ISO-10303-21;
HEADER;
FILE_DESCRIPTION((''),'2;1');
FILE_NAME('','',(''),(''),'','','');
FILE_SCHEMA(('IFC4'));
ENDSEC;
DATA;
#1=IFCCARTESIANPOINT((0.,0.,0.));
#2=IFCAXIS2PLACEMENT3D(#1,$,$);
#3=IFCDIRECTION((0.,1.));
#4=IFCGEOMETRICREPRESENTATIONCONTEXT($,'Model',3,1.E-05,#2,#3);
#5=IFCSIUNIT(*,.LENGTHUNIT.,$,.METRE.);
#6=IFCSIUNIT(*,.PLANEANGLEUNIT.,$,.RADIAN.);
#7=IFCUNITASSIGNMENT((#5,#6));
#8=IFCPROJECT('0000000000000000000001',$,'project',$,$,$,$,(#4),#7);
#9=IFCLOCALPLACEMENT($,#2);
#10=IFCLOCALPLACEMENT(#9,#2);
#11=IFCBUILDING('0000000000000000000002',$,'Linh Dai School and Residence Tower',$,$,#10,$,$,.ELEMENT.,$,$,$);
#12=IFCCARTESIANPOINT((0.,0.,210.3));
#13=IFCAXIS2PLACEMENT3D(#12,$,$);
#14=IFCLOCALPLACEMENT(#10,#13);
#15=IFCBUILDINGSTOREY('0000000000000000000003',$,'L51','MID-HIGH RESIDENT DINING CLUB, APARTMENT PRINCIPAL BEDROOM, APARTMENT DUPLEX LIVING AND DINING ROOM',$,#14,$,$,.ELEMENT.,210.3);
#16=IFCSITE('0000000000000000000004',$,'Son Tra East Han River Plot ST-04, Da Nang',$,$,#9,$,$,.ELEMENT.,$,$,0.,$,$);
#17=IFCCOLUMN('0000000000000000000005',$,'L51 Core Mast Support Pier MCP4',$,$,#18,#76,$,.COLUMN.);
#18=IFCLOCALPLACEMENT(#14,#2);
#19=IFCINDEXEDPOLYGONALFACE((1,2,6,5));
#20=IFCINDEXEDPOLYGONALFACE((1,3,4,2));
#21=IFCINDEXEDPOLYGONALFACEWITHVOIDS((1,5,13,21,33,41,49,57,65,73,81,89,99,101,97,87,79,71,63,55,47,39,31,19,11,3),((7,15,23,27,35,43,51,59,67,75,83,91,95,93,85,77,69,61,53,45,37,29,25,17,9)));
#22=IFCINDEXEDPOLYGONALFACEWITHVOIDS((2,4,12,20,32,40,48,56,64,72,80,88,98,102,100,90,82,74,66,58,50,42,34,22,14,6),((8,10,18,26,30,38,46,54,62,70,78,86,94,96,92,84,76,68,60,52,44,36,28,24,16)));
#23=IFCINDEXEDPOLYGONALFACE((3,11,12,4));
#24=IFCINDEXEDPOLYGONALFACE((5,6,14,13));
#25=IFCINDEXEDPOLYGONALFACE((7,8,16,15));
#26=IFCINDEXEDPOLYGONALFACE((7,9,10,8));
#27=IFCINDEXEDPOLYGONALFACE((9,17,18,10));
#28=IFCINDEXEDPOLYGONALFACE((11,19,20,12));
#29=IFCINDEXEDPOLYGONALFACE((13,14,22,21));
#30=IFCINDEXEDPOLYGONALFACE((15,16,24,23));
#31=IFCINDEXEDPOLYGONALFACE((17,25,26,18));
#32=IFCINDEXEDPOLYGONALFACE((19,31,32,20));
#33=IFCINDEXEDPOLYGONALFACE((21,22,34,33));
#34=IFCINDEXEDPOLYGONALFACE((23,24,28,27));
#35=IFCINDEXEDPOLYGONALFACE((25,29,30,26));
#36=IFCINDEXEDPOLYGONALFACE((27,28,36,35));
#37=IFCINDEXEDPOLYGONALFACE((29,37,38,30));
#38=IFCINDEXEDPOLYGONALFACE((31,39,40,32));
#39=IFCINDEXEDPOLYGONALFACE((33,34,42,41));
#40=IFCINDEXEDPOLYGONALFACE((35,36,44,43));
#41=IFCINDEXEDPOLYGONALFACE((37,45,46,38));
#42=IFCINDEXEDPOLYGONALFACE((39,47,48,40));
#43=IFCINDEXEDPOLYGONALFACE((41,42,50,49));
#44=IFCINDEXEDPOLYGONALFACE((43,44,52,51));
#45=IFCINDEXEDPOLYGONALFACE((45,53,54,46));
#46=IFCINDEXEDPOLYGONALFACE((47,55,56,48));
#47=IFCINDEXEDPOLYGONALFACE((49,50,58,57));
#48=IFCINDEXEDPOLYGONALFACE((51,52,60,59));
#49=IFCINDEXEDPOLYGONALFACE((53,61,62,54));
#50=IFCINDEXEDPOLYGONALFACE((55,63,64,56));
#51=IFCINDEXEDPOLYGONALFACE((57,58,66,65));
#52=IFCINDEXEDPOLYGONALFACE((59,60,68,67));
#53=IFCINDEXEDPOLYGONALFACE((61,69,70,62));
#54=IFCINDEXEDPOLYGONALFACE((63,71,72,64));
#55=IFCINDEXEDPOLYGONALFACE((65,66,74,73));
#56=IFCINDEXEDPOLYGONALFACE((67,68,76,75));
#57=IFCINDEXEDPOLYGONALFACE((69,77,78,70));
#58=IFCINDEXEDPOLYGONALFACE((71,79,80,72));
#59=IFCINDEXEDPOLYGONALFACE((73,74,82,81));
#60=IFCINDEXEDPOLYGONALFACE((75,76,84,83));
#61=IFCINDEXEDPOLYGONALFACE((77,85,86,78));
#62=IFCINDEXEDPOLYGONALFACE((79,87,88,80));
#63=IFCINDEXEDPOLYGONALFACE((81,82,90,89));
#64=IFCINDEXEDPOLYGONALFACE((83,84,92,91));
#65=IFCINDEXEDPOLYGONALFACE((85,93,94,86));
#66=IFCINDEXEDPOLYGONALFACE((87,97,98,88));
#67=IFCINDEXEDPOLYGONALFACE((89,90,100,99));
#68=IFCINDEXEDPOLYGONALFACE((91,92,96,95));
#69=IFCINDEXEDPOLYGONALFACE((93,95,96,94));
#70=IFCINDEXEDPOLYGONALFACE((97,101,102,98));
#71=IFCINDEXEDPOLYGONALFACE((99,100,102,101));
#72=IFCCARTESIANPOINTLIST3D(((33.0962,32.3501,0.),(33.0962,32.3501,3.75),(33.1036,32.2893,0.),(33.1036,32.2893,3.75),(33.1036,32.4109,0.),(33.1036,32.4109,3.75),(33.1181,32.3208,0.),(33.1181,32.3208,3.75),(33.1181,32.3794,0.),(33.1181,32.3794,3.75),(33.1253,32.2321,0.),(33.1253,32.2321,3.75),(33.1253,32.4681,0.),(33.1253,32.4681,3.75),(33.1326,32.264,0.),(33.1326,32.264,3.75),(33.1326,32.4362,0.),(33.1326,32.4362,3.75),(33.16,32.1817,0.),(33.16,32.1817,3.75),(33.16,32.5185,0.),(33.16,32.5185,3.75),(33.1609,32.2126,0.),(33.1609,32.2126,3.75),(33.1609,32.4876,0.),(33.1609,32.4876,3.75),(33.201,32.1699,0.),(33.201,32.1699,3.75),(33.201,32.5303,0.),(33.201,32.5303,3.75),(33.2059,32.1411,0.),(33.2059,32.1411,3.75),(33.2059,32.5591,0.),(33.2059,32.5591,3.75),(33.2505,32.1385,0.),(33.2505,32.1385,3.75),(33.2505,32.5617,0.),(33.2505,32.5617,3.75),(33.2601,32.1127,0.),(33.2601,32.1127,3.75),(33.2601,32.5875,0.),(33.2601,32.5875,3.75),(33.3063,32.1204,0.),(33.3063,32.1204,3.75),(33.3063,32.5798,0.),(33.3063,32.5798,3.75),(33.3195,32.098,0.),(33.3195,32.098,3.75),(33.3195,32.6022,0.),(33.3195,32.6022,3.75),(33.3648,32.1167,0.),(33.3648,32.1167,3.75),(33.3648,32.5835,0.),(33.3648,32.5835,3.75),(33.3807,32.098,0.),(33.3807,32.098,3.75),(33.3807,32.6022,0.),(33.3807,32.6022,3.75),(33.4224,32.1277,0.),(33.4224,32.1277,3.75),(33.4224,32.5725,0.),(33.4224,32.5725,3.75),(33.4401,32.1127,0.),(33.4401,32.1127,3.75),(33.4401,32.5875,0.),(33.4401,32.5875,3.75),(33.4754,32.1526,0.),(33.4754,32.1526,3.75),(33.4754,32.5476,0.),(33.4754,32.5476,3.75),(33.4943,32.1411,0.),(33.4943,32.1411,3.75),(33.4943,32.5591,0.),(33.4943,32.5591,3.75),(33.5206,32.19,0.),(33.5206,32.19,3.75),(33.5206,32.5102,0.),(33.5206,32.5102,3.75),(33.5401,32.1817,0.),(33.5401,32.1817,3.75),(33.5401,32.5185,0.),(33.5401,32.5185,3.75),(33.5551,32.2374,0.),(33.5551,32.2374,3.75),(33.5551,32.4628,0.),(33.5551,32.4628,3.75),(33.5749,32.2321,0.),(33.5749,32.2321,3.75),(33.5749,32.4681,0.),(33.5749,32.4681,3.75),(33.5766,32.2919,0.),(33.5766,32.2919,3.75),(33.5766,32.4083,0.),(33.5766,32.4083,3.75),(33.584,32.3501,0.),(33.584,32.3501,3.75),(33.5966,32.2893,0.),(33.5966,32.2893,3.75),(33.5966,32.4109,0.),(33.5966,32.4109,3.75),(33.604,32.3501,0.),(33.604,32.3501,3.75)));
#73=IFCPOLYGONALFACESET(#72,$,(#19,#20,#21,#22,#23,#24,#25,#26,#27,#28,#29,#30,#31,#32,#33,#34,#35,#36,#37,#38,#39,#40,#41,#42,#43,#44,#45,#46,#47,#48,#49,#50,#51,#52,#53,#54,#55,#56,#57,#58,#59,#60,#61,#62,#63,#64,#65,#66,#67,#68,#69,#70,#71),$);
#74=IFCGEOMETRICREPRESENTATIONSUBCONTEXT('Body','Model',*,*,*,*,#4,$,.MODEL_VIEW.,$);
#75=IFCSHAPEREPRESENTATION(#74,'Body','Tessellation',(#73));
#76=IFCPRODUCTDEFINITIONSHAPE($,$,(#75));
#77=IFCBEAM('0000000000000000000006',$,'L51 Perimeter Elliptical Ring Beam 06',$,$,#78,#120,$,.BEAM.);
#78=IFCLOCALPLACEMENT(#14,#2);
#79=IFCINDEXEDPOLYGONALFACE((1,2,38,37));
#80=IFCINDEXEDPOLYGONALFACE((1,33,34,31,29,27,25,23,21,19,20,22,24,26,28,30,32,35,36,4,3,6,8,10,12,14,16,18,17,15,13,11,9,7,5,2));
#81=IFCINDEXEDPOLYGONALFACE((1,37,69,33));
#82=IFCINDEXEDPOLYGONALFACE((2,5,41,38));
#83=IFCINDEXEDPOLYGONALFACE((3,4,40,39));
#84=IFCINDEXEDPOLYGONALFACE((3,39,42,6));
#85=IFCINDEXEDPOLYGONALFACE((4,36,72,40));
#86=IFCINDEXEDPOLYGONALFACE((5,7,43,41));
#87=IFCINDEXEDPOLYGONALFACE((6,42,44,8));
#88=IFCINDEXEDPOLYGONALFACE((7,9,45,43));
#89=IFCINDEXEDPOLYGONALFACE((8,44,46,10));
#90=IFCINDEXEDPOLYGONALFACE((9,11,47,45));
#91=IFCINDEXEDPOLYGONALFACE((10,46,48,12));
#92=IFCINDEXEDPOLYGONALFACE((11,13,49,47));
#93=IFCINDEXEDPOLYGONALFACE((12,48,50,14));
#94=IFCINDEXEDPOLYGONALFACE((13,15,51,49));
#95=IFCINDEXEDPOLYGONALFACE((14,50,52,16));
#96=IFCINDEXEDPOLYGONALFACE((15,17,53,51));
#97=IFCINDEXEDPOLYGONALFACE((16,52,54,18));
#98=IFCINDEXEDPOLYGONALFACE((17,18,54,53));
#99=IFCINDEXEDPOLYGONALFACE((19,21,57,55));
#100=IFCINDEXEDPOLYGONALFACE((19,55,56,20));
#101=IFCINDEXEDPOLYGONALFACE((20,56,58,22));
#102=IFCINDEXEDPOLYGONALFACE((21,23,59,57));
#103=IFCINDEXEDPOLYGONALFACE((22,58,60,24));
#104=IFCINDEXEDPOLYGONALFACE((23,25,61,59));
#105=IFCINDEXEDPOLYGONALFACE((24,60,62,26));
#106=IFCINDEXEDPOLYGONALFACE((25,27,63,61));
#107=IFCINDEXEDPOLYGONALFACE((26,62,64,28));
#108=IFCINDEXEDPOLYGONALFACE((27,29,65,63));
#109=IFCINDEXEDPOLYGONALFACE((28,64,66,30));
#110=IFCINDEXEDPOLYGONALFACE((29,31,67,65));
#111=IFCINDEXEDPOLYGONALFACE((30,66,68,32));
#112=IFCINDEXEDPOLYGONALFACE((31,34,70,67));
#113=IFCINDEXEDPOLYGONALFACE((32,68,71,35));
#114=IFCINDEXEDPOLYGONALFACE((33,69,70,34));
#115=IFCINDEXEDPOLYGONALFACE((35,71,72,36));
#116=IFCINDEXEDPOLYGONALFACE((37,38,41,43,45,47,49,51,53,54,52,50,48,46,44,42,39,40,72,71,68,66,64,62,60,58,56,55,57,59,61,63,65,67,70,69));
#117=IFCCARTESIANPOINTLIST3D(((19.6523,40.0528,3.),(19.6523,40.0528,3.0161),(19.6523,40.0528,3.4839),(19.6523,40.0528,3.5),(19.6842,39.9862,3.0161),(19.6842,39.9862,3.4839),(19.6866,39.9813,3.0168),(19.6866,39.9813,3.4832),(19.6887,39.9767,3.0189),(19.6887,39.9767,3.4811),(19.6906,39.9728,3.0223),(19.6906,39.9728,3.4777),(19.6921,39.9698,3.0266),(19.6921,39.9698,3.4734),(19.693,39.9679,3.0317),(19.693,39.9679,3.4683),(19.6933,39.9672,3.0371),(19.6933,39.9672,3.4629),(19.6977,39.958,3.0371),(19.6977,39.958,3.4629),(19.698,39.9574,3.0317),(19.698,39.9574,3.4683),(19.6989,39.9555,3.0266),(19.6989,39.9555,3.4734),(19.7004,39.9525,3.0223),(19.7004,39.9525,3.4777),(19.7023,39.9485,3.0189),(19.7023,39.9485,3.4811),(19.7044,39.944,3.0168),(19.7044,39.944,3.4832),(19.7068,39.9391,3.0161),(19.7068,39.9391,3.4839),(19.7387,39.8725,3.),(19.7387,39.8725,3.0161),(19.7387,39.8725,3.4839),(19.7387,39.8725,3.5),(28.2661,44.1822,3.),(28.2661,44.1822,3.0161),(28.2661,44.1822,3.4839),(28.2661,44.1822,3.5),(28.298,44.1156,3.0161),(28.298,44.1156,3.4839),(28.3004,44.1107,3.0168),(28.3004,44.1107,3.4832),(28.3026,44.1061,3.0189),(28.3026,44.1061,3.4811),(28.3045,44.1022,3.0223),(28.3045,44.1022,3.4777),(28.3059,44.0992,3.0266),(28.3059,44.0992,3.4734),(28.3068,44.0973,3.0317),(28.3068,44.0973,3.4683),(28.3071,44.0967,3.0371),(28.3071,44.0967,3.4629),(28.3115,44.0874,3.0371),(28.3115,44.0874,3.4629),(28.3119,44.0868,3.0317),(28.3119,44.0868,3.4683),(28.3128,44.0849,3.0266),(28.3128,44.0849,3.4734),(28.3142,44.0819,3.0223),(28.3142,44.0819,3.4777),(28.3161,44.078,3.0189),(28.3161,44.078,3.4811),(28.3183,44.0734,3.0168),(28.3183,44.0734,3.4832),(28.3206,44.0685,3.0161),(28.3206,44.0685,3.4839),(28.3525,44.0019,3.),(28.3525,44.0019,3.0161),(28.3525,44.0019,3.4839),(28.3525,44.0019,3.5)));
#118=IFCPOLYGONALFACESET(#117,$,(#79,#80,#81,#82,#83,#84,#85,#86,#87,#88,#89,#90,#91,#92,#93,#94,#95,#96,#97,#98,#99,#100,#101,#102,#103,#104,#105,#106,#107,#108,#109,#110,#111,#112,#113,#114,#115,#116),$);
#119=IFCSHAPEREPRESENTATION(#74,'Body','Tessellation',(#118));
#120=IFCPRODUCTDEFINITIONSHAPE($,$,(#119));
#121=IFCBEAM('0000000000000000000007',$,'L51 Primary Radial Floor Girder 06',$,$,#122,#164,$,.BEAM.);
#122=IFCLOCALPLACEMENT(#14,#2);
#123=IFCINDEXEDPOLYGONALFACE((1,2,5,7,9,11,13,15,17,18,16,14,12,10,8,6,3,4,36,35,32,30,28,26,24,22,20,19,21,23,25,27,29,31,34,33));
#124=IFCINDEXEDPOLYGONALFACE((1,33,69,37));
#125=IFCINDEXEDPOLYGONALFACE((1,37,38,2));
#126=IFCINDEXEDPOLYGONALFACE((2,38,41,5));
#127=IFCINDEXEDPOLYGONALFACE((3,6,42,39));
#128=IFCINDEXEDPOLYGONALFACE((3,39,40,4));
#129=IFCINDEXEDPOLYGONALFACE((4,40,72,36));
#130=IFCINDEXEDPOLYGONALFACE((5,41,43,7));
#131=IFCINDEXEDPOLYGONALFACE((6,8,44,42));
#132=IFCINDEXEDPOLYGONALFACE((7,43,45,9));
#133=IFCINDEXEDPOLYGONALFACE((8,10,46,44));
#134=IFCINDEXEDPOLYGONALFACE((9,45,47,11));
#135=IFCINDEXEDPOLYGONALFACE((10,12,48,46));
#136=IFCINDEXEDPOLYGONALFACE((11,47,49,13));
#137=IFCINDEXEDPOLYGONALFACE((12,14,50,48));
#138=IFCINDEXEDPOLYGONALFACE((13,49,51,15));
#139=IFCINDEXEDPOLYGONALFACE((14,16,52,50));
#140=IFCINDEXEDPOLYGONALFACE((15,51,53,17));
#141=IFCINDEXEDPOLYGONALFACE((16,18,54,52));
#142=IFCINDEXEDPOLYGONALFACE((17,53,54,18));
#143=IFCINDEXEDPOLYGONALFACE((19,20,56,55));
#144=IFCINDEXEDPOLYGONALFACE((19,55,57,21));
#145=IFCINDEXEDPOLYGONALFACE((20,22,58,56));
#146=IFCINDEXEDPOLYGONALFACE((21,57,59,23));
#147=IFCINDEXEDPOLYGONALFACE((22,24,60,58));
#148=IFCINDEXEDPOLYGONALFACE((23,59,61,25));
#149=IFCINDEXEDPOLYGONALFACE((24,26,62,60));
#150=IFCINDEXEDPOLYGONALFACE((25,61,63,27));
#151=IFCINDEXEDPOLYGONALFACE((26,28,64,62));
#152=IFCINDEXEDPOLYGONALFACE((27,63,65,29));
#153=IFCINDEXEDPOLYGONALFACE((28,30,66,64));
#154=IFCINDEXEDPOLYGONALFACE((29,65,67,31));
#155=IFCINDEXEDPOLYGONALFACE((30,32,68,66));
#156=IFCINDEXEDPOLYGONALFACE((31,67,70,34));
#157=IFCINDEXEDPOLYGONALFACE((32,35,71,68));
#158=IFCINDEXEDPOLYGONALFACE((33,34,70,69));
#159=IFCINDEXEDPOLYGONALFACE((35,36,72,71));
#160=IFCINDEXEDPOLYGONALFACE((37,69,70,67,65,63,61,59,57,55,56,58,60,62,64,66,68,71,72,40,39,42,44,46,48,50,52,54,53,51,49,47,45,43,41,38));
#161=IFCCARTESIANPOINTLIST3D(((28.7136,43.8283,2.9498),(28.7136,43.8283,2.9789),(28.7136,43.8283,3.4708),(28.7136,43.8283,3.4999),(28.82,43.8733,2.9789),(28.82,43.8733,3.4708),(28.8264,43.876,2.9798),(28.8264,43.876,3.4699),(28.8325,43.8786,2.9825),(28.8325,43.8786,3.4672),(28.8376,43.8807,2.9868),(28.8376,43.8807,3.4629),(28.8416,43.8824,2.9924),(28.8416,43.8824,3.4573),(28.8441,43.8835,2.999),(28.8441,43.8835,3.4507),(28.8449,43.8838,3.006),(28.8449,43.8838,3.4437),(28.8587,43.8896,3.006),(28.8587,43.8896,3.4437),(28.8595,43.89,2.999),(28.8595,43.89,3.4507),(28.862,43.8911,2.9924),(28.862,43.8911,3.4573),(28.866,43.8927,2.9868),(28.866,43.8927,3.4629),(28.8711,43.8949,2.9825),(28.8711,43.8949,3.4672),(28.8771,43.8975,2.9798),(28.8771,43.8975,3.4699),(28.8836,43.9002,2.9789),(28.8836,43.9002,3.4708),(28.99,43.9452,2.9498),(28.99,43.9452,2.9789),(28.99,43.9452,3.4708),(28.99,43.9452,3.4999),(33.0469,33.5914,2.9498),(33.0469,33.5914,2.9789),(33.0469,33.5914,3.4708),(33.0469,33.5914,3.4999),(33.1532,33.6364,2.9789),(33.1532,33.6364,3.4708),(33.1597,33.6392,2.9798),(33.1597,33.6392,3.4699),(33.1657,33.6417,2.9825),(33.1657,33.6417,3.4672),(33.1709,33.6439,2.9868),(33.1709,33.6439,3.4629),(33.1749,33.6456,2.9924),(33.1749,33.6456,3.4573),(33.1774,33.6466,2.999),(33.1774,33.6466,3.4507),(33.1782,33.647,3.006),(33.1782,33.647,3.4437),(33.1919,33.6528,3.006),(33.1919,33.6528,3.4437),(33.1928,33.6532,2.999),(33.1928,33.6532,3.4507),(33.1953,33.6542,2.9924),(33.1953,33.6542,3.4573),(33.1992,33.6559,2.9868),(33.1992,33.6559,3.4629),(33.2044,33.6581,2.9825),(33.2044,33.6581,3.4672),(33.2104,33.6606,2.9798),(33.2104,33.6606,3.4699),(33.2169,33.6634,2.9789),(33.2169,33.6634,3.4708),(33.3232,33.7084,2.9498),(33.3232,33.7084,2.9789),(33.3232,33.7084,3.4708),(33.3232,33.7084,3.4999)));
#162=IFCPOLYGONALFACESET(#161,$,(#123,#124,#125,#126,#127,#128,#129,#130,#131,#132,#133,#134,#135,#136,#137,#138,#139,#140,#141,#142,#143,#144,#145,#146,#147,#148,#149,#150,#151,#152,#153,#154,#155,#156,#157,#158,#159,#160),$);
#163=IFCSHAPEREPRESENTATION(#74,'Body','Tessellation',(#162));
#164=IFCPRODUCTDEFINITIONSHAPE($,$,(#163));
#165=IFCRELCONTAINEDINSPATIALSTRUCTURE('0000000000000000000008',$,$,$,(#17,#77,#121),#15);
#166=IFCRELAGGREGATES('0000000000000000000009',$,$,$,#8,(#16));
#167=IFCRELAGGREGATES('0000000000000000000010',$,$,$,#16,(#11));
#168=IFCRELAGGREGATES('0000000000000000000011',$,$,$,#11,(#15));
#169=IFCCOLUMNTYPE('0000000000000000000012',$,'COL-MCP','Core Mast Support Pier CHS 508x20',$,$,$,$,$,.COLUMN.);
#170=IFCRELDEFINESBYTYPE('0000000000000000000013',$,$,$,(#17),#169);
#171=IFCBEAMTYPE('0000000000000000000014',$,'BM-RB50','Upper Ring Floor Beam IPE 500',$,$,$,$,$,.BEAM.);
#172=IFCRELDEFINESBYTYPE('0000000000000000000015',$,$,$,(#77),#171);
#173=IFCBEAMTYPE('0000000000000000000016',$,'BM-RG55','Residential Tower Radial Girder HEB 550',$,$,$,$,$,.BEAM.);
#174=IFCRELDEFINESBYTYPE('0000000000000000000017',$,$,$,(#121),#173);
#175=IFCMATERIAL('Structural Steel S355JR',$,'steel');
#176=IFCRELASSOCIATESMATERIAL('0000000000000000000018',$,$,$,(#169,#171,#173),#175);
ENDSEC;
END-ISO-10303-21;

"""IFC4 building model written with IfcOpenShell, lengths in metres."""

from ifc_helpers import new_model, si_unit, direction, frame, origin, origin_2d, place, context, subcontext, project, spatial, hollow_circle, i_section, extrude, material, material_profile, profile_set, type_object, element, save


model = new_model("IFC4")

# Units and contexts
model_context = context("Model", 3, precision=1e-05, world=origin(), true_north=direction((0.0, 1.0)))
body_context = subcontext(model_context, "Body", "Model", "MODEL_VIEW")
ifc_project = project(units=[si_unit("LENGTHUNIT", "METRE"), si_unit("PLANEANGLEUNIT", "RADIAN")], contexts=[model_context])

# Site, building, storey
site_placement = place(None, origin())
site = spatial("IfcSite", under=ifc_project, at=site_placement, Name="Son Tra East Han River Plot ST-04, Da Nang", CompositionType="ELEMENT", RefElevation=0.0)
building_placement = place(site_placement, origin())
building = spatial("IfcBuilding", under=site, at=building_placement, Name="Linh Dai School and Residence Tower", CompositionType="ELEMENT")
storey_placement = place(building_placement, frame((0.0, 0.0, 210.3)))
storey = spatial("IfcBuildingStorey", under=building, at=storey_placement, Name="L51", Description="MID-HIGH RESIDENT DINING CLUB, APARTMENT PRINCIPAL BEDROOM, APARTMENT DUPLEX LIVING AND DINING ROOM", CompositionType="ELEMENT", Elevation=210.3)

# Column
ifc_material_1 = material(Name="Structural Steel S355JR", Category="steel")
ifc_material_profile_1 = material_profile(ifc_material_1, hollow_circle(Radius=0.2539, WallThickness=0.02, at=origin_2d()), Name="CHS 508x20")
ifc_profile_set_1 = profile_set([ifc_material_profile_1], Name="Structural Steel S355JR")
column_type_1 = type_object("IfcColumnType", Name="COL-MCP", Description="Core Mast Support Pier CHS 508x20", PredefinedType="COLUMN", material=ifc_profile_set_1)
column_1_placement = place(storey_placement, frame((33.3501, 32.3501, 0.0), z_axis=(0.0, 0.0, 1.0), x_axis=(1.0, 0.0, 0.0)))
element("IfcColumn", 1, at=column_1_placement, inside=storey, type_object=column_type_1, Name="L51 Core Mast Support Pier MCP4", PredefinedType="COLUMN", context=body_context, shape_type="SweptSolid", body=[
    extrude(hollow_circle(Radius=0.2539, WallThickness=0.02, at=origin_2d()), origin(), (0.0, 0.0, 1.0), 3.75),
])

# Beams
ifc_material_profile_2 = material_profile(ifc_material_1, i_section(OverallWidth=0.2, OverallDepth=0.5, WebThickness=0.0103, FlangeThickness=0.0161, FilletRadius=0.021, at=origin_2d()), Name="IPE 500")
ifc_profile_set_2 = profile_set([ifc_material_profile_2], Name="Structural Steel S355JR")
beam_type_1 = type_object("IfcBeamType", Name="BM-RB50", Description="Upper Ring Floor Beam IPE 500", PredefinedType="BEAM", material=ifc_profile_set_2)
beam_1_placement = place(storey_placement, frame((28.3093, 44.092, 3.25), z_axis=(-0.901736, -0.432287, 0.0), x_axis=(0.432287, -0.901736, 0.0)))
element("IfcBeam", 2, at=beam_1_placement, inside=storey, type_object=beam_type_1, Name="L51 Perimeter Elliptical Ring Beam 06", PredefinedType="BEAM", context=body_context, shape_type="SweptSolid", body=[
    extrude(i_section(OverallWidth=0.2, OverallDepth=0.5, WebThickness=0.0103, FlangeThickness=0.0161, FilletRadius=0.021, at=origin_2d()), origin(), (0.0, 0.0, 1.0), 9.5525),
])
ifc_material_profile_3 = material_profile(ifc_material_1, i_section(OverallWidth=0.3, OverallDepth=0.55, WebThickness=0.0149, FlangeThickness=0.0291, FilletRadius=0.0271, at=origin_2d()), Name="HEB 550")
ifc_profile_set_3 = profile_set([ifc_material_profile_3], Name="Structural Steel S355JR")
beam_type_2 = type_object("IfcBeamType", Name="BM-RG55", Description="Residential Tower Radial Girder HEB 550", PredefinedType="BEAM", material=ifc_profile_set_3)
beam_2_placement = place(storey_placement, frame((33.1851, 33.6499, 3.2249), z_axis=(-0.389815, 0.920893, 0.0), x_axis=(-0.920893, -0.389815, 0.0)))
element("IfcBeam", 3, at=beam_2_placement, inside=storey, type_object=beam_type_2, Name="L51 Primary Radial Floor Girder 06", PredefinedType="BEAM", context=body_context, shape_type="SweptSolid", body=[
    extrude(i_section(OverallWidth=0.3, OverallDepth=0.55, WebThickness=0.0149, FlangeThickness=0.0291, FilletRadius=0.0271, at=origin_2d()), origin(), (0.0, 0.0, 1.0), 11.1162),
])

save(model, "model.ifc")
